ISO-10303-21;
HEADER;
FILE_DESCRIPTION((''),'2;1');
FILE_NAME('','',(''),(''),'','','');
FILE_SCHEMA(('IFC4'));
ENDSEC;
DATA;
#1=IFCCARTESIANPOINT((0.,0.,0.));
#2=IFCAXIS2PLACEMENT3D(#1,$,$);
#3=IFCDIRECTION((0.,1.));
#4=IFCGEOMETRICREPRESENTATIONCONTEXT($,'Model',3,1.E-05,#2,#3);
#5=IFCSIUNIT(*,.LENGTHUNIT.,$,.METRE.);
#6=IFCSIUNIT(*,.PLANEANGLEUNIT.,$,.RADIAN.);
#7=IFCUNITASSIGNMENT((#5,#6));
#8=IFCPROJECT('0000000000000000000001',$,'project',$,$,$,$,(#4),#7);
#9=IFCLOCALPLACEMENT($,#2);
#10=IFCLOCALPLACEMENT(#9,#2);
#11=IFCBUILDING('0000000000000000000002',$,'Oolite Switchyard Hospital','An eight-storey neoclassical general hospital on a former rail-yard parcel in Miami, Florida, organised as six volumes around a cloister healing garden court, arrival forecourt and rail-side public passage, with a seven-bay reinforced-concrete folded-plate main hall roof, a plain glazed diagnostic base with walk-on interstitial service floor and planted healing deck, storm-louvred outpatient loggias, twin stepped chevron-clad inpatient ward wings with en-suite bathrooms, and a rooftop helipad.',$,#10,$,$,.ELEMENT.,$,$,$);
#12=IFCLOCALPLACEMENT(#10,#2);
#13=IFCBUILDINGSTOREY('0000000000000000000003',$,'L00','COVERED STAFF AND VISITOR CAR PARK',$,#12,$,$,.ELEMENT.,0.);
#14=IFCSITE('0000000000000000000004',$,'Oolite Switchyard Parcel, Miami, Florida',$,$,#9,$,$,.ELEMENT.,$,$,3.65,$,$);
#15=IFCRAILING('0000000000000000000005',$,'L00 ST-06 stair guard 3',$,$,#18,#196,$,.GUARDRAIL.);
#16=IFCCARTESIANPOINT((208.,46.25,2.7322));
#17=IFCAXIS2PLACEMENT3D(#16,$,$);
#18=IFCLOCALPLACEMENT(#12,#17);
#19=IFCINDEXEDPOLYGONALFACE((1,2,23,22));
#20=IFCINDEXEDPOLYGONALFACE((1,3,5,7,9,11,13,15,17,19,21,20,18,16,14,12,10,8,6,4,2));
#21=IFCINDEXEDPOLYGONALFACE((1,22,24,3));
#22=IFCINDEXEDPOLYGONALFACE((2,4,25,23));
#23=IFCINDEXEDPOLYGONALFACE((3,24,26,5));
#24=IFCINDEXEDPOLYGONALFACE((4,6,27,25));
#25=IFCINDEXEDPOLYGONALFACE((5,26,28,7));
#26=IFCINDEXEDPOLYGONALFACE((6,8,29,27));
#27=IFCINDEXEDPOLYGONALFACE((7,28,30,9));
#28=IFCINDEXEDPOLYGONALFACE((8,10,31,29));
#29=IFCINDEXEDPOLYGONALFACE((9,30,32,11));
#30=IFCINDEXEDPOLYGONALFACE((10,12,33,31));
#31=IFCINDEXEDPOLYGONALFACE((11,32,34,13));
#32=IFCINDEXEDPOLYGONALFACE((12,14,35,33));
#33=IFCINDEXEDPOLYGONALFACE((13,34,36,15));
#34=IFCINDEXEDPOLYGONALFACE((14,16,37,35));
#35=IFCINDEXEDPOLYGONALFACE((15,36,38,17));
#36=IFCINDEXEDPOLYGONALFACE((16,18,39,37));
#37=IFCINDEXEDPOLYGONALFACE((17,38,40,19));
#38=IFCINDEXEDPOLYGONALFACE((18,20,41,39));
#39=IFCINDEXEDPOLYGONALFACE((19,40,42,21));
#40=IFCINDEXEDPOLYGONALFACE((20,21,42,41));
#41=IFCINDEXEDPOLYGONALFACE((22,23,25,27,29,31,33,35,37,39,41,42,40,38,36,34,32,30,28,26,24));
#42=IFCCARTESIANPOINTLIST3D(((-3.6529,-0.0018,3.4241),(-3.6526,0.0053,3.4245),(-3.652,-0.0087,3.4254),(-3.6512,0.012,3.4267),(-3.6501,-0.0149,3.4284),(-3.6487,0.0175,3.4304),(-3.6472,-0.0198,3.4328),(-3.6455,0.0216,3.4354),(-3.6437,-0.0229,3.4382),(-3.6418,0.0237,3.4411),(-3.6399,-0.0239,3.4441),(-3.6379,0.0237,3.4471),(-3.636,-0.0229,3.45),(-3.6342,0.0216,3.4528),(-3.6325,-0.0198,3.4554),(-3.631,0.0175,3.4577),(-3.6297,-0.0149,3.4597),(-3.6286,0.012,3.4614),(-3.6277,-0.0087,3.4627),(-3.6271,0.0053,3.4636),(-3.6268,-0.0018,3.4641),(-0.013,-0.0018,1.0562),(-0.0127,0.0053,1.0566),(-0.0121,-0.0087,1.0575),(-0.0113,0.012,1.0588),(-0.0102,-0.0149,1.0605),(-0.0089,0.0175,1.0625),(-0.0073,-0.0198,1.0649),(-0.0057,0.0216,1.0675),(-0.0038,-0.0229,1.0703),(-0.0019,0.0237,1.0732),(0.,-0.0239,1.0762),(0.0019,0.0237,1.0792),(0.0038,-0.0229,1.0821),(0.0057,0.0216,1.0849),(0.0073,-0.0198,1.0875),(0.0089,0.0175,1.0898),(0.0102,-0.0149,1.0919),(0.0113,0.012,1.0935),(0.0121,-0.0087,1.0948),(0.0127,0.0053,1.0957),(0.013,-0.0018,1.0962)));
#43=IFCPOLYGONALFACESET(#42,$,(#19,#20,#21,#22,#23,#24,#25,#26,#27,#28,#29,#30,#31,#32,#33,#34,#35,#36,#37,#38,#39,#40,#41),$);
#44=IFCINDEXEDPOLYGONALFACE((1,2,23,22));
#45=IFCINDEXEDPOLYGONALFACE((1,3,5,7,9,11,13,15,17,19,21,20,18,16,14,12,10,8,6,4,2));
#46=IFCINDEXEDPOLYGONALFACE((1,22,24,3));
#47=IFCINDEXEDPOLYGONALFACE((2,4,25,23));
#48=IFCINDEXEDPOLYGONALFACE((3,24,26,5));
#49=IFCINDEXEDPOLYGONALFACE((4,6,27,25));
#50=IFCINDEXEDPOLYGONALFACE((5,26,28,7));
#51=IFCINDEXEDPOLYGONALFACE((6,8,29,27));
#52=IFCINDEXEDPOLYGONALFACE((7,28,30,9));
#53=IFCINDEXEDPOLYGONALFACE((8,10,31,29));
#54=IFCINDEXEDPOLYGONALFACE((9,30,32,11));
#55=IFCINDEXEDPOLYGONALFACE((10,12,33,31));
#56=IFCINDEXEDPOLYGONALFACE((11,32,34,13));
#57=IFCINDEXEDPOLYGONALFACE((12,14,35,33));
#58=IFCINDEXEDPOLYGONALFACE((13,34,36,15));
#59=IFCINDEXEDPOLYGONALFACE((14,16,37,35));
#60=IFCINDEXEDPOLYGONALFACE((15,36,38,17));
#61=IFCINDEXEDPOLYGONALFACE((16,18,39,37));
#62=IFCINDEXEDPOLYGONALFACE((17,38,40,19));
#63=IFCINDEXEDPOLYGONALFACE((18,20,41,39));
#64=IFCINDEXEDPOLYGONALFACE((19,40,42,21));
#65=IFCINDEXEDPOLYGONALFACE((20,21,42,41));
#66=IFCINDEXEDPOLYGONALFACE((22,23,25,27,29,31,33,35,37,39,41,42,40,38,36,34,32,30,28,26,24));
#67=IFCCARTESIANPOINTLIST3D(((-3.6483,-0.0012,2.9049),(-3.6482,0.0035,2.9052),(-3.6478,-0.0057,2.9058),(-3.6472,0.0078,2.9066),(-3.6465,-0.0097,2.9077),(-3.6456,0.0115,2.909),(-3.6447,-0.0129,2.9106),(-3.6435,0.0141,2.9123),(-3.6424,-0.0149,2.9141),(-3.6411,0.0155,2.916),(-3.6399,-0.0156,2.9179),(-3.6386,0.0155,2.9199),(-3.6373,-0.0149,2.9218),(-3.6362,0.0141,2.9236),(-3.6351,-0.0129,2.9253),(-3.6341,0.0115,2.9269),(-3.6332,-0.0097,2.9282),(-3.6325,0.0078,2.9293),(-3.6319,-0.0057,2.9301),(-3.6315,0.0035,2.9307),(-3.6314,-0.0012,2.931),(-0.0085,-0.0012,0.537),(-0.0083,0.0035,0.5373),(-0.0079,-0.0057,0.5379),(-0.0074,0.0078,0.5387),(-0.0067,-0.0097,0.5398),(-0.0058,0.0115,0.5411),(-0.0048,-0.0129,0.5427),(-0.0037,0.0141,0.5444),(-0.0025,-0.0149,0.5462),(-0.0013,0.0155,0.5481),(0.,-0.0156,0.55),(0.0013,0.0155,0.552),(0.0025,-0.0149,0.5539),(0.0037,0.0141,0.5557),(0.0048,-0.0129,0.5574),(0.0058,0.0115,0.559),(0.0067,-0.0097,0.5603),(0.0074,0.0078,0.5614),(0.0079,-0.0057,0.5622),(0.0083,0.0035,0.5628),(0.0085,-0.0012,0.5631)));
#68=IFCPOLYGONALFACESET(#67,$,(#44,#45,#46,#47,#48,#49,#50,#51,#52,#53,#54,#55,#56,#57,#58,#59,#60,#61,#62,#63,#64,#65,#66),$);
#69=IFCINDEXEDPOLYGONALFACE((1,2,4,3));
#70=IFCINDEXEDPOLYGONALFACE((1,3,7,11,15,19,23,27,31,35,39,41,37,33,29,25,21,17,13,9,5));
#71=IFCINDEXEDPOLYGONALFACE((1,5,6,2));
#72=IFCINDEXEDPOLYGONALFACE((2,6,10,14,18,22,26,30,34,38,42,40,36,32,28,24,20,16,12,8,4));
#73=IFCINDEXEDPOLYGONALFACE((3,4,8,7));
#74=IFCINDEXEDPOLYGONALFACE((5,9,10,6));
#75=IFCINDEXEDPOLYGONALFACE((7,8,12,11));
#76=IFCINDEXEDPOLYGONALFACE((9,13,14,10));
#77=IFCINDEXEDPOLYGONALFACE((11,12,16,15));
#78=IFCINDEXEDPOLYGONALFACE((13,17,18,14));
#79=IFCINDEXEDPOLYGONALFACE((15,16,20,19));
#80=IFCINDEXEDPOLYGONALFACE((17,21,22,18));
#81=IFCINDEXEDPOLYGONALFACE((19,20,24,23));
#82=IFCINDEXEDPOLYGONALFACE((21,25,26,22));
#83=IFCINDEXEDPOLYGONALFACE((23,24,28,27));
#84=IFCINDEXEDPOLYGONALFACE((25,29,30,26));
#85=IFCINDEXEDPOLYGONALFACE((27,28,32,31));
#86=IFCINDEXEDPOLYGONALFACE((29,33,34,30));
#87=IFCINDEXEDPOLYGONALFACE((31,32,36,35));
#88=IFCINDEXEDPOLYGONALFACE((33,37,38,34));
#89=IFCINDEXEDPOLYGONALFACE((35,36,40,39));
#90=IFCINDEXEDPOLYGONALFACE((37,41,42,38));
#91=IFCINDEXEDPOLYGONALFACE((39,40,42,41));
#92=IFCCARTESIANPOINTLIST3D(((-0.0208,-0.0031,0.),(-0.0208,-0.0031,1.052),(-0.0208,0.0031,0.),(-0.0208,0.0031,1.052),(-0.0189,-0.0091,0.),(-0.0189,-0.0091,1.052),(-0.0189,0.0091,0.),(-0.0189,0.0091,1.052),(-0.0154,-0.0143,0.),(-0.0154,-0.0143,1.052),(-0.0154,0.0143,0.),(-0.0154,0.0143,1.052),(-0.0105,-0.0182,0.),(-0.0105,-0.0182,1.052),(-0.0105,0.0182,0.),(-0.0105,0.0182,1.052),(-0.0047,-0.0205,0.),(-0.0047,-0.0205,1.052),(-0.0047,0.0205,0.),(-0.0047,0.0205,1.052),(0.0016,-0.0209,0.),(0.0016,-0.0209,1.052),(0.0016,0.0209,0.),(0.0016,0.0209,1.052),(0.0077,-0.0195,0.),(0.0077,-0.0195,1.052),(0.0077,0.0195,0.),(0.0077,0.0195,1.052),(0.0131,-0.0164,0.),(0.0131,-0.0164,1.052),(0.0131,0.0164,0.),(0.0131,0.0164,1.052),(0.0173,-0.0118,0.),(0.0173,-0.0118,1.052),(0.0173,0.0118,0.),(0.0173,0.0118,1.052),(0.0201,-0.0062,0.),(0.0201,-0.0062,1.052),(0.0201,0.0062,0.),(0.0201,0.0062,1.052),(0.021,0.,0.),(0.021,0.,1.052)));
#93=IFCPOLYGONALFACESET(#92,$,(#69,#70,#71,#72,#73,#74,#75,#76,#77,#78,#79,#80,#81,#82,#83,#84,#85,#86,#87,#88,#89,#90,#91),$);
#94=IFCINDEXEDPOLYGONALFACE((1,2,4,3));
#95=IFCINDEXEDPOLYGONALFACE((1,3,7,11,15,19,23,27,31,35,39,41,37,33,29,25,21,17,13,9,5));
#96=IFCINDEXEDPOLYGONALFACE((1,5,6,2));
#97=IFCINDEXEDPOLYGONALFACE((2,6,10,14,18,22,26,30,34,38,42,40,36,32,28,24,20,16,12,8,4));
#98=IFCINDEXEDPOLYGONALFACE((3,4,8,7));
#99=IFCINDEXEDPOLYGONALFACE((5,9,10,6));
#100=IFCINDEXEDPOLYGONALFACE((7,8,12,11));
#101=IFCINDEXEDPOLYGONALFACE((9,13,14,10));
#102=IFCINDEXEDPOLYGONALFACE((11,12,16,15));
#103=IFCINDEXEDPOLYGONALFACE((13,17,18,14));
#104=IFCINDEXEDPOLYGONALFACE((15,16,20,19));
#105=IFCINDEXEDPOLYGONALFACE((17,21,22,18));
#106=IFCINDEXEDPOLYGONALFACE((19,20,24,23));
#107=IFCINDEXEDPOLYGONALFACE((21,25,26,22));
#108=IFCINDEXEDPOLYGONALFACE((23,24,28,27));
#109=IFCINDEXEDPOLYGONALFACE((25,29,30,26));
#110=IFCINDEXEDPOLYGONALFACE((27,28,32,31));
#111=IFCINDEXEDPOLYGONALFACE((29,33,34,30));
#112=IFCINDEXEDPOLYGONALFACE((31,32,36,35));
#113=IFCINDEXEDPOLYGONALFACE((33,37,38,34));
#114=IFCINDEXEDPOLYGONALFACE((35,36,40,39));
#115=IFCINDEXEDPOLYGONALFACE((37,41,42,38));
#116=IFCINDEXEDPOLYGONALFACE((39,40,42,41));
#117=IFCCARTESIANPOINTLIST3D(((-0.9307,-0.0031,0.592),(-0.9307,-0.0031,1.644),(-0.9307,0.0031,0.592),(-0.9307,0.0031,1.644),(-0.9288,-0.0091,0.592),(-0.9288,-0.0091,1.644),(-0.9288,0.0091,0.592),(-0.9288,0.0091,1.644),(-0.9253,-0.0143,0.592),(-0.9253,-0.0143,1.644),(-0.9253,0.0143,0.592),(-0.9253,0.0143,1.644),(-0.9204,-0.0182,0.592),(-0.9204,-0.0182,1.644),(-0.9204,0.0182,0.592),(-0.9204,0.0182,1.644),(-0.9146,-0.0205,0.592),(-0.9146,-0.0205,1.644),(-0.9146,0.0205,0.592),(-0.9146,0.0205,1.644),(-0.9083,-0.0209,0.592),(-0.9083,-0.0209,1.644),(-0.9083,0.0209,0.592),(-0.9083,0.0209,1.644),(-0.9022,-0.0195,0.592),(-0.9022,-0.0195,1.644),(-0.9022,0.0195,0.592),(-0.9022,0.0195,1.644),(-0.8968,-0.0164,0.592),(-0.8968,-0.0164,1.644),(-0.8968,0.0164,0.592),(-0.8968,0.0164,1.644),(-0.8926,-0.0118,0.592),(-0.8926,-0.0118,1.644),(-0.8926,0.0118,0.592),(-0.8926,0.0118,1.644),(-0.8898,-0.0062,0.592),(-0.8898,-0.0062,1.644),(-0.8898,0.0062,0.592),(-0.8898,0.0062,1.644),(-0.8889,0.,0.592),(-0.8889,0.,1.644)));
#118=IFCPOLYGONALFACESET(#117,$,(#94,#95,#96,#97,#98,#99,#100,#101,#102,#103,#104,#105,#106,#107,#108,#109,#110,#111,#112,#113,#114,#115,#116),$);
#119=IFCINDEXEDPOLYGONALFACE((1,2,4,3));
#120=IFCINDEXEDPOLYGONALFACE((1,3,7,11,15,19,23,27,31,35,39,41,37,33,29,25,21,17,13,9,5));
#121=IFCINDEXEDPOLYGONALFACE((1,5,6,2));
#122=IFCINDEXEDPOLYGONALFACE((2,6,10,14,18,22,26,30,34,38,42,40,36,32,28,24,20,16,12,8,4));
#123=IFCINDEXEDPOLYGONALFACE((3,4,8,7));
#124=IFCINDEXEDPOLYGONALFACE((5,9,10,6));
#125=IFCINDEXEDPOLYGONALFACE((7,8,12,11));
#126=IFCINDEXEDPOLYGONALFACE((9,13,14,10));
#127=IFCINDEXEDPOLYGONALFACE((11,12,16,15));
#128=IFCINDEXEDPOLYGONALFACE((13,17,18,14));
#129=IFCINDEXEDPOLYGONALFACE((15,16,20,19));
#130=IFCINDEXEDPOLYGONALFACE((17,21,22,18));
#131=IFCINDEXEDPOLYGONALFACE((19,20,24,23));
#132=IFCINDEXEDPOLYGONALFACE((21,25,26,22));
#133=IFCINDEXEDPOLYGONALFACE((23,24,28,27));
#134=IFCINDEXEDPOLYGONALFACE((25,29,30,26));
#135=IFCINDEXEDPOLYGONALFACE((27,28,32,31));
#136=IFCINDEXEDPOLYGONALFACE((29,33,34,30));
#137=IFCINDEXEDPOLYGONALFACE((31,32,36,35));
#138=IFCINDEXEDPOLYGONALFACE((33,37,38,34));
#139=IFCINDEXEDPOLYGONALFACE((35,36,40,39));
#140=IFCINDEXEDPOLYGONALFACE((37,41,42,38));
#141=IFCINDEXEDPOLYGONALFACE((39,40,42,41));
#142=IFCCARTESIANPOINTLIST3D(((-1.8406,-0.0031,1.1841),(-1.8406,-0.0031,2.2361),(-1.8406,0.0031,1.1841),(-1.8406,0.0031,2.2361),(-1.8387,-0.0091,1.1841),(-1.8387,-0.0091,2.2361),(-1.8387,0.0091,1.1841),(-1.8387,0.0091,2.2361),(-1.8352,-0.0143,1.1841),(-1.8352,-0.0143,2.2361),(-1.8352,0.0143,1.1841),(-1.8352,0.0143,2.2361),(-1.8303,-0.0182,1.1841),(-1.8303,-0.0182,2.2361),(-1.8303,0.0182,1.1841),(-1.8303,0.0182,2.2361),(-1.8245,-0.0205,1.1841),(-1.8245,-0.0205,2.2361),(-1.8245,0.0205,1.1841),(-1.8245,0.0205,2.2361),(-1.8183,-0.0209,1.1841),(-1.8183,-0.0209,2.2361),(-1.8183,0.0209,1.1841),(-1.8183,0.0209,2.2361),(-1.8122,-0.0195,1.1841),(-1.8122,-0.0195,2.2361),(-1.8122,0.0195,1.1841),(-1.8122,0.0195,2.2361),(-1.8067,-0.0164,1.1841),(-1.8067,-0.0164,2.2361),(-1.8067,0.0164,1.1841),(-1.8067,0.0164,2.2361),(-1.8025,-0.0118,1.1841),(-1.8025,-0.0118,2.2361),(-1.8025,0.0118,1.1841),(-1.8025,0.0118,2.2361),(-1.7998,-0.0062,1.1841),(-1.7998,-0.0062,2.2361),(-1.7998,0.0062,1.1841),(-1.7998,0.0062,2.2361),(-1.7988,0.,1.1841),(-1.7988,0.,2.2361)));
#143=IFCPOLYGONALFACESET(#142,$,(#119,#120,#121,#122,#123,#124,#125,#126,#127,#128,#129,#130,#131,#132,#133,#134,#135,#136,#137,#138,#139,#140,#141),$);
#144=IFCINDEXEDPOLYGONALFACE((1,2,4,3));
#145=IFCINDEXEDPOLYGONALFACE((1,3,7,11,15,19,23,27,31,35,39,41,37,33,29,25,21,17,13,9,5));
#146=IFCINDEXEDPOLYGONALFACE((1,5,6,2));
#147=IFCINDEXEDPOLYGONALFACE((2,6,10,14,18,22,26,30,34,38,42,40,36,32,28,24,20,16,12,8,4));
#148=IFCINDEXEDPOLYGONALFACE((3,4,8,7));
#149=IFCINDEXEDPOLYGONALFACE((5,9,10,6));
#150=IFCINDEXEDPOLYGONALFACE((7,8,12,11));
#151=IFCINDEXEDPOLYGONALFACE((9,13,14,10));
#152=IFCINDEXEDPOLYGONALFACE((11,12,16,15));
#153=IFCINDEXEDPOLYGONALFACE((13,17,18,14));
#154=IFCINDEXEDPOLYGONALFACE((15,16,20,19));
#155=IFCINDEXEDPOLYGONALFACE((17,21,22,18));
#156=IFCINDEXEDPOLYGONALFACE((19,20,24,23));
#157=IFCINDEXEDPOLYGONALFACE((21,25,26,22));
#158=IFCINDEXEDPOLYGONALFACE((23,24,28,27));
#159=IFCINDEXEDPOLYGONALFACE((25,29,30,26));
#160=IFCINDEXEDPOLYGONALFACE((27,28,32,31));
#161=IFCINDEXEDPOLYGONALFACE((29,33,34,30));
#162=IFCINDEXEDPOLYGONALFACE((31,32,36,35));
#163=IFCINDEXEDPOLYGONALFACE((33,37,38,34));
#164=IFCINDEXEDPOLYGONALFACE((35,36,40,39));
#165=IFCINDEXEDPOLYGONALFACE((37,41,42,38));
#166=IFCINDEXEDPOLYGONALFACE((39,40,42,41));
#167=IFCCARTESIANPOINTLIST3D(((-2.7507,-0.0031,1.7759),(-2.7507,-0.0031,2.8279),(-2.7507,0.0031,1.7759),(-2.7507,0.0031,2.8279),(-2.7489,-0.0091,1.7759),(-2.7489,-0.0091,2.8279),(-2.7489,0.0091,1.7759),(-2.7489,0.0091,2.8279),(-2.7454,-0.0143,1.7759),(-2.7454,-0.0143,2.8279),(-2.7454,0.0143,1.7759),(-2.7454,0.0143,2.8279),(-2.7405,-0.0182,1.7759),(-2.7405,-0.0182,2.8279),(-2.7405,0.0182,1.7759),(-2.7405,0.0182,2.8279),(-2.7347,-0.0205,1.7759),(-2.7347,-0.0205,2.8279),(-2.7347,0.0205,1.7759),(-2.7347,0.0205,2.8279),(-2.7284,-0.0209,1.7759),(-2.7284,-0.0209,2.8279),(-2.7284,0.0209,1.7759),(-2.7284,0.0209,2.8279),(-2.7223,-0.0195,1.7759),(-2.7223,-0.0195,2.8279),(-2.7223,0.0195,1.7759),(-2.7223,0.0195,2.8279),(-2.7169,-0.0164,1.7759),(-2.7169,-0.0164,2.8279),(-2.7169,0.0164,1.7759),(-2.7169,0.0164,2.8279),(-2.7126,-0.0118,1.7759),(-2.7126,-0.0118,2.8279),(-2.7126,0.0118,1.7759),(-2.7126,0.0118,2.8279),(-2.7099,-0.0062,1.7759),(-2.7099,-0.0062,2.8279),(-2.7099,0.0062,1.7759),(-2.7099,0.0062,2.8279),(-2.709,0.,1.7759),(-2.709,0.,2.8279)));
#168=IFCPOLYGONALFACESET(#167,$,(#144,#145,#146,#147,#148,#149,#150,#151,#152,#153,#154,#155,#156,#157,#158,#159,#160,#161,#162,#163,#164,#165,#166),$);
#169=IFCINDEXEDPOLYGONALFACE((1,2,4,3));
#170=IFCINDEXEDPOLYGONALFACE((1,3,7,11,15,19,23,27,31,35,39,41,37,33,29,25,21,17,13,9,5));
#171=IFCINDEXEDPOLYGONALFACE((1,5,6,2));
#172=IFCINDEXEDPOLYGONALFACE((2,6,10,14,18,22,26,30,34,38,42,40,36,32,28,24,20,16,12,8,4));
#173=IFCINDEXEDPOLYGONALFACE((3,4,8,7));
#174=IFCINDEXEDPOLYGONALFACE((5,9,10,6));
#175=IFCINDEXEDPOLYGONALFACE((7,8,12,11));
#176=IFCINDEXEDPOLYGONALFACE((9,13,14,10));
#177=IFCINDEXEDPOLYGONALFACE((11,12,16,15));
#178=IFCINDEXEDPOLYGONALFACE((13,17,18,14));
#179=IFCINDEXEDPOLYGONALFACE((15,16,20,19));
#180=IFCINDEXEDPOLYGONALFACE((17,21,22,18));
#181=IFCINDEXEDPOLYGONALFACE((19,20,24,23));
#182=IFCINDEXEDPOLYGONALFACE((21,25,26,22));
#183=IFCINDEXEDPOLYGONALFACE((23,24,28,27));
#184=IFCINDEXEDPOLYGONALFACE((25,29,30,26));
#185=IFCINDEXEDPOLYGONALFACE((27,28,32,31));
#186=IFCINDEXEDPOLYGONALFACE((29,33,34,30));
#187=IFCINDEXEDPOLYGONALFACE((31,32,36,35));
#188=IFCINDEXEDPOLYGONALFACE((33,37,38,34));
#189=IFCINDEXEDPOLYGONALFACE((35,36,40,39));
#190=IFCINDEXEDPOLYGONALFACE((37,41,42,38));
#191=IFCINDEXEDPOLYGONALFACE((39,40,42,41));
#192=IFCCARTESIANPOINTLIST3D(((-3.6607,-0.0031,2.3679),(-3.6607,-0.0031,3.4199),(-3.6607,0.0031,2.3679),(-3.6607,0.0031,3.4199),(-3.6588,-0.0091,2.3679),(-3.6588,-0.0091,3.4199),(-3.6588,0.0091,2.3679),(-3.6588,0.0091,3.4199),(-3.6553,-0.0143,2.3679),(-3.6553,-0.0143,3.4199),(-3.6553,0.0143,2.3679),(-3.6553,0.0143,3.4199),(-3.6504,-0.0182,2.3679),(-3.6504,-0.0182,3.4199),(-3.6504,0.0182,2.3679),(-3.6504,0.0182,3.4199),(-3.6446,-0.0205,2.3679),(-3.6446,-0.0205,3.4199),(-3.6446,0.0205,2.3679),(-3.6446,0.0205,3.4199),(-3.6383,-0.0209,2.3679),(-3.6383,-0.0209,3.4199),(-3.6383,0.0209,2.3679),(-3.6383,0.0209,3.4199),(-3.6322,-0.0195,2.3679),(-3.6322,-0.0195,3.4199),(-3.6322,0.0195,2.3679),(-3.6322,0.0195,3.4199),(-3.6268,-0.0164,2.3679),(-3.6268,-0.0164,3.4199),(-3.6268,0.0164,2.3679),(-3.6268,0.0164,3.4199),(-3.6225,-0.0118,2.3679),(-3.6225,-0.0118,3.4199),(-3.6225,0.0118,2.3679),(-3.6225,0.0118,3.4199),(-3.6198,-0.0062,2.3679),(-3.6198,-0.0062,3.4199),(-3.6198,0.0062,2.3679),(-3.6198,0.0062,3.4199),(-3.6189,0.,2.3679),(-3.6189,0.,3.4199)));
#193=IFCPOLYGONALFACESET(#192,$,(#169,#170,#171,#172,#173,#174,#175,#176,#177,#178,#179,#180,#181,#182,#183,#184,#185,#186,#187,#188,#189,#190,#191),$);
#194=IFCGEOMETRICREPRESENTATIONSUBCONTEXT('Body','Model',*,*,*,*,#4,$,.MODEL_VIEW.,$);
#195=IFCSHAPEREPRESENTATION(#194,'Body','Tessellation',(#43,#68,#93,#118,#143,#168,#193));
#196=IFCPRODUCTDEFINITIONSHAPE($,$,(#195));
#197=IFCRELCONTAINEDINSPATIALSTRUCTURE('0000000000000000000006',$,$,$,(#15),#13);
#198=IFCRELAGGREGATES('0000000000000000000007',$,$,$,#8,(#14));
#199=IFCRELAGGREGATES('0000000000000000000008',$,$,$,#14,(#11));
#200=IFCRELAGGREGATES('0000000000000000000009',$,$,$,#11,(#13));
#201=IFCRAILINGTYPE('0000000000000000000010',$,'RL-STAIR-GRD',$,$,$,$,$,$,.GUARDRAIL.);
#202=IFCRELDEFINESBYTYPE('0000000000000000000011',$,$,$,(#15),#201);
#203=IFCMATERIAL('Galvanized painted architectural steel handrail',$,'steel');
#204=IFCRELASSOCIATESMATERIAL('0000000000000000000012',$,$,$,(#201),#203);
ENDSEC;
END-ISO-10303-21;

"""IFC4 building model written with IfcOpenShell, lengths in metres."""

from ifc_helpers import new_model, si_unit, direction, frame, origin, origin_2d, place, context, subcontext, project, spatial, circle, extrude, material, type_object, element, save


model = new_model("IFC4")

# Units and contexts
model_context = context("Model", 3, precision=1e-05, world=origin(), true_north=direction((0.0, 1.0)))
body_context = subcontext(model_context, "Body", "Model", "MODEL_VIEW")
ifc_project = project(units=[si_unit("LENGTHUNIT", "METRE"), si_unit("PLANEANGLEUNIT", "RADIAN")], contexts=[model_context])

# Site, building, storey
site_placement = place(None, origin())
site = spatial("IfcSite", under=ifc_project, at=site_placement, Name="Oolite Switchyard Parcel, Miami, Florida", CompositionType="ELEMENT", RefElevation=3.65)
building_placement = place(site_placement, origin())
building = spatial("IfcBuilding", under=site, at=building_placement, Name="Oolite Switchyard Hospital", Description="An eight-storey neoclassical general hospital on a former rail-yard parcel in Miami, Florida, organised as six volumes around a cloister healing garden court, arrival forecourt and rail-side public passage, with a seven-bay reinforced-concrete folded-plate main hall roof, a plain glazed diagnostic base with walk-on interstitial service floor and planted healing deck, storm-louvred outpatient loggias, twin stepped chevron-clad inpatient ward wings with en-suite bathrooms, and a rooftop helipad.", CompositionType="ELEMENT")
storey_placement = place(building_placement, origin())
storey = spatial("IfcBuildingStorey", under=building, at=storey_placement, Name="L00", Description="COVERED STAFF AND VISITOR CAR PARK", CompositionType="ELEMENT", Elevation=0.0)

# Railing
ifc_material_1 = material(Name="Galvanized painted architectural steel handrail", Category="steel")
railing_type_1 = type_object("IfcRailingType", Name="RL-STAIR-GRD", PredefinedType="GUARDRAIL", material=ifc_material_1)
railing_1_placement = place(storey_placement, frame((208.0, 46.25, 2.7322)))
element("IfcRailing", 1, at=railing_1_placement, inside=storey, type_object=railing_type_1, Name="L00 ST-06 stair guard 3", PredefinedType="GUARDRAIL", context=body_context, shape_type="SweptSolid", body=[
    extrude(circle(Radius=0.0239, at=origin_2d()), frame((0.0, 0.0, 1.0762), z_axis=(-0.838234, 0.0, 0.54531), x_axis=(0.0, -1.0, 0.0)), (0.0, 0.0, 1.0), 4.3423),
    extrude(circle(Radius=0.0156, at=origin_2d()), frame((0.0, 0.0, 0.55), z_axis=(-0.838234, 0.0, 0.54531), x_axis=(0.0, -1.0, 0.0)), (0.0, 0.0, 1.0), 4.3423),
    extrude(circle(Radius=0.021, at=origin_2d()), origin(), (0.0, 0.0, 1.0), 1.052),
    extrude(circle(Radius=0.021, at=origin_2d()), frame((-0.9099, 0.0, 0.592)), (0.0, 0.0, 1.0), 1.052),
    extrude(circle(Radius=0.021, at=origin_2d()), frame((-1.8198, 0.0, 1.1841)), (0.0, 0.0, 1.0), 1.052),
    extrude(circle(Radius=0.021, at=origin_2d()), frame((-2.73, 0.0, 1.7759)), (0.0, 0.0, 1.0), 1.052),
    extrude(circle(Radius=0.021, at=origin_2d()), frame((-3.6399, 0.0, 2.3679)), (0.0, 0.0, 1.0), 1.052),
])

save(model, "model.ifc")
